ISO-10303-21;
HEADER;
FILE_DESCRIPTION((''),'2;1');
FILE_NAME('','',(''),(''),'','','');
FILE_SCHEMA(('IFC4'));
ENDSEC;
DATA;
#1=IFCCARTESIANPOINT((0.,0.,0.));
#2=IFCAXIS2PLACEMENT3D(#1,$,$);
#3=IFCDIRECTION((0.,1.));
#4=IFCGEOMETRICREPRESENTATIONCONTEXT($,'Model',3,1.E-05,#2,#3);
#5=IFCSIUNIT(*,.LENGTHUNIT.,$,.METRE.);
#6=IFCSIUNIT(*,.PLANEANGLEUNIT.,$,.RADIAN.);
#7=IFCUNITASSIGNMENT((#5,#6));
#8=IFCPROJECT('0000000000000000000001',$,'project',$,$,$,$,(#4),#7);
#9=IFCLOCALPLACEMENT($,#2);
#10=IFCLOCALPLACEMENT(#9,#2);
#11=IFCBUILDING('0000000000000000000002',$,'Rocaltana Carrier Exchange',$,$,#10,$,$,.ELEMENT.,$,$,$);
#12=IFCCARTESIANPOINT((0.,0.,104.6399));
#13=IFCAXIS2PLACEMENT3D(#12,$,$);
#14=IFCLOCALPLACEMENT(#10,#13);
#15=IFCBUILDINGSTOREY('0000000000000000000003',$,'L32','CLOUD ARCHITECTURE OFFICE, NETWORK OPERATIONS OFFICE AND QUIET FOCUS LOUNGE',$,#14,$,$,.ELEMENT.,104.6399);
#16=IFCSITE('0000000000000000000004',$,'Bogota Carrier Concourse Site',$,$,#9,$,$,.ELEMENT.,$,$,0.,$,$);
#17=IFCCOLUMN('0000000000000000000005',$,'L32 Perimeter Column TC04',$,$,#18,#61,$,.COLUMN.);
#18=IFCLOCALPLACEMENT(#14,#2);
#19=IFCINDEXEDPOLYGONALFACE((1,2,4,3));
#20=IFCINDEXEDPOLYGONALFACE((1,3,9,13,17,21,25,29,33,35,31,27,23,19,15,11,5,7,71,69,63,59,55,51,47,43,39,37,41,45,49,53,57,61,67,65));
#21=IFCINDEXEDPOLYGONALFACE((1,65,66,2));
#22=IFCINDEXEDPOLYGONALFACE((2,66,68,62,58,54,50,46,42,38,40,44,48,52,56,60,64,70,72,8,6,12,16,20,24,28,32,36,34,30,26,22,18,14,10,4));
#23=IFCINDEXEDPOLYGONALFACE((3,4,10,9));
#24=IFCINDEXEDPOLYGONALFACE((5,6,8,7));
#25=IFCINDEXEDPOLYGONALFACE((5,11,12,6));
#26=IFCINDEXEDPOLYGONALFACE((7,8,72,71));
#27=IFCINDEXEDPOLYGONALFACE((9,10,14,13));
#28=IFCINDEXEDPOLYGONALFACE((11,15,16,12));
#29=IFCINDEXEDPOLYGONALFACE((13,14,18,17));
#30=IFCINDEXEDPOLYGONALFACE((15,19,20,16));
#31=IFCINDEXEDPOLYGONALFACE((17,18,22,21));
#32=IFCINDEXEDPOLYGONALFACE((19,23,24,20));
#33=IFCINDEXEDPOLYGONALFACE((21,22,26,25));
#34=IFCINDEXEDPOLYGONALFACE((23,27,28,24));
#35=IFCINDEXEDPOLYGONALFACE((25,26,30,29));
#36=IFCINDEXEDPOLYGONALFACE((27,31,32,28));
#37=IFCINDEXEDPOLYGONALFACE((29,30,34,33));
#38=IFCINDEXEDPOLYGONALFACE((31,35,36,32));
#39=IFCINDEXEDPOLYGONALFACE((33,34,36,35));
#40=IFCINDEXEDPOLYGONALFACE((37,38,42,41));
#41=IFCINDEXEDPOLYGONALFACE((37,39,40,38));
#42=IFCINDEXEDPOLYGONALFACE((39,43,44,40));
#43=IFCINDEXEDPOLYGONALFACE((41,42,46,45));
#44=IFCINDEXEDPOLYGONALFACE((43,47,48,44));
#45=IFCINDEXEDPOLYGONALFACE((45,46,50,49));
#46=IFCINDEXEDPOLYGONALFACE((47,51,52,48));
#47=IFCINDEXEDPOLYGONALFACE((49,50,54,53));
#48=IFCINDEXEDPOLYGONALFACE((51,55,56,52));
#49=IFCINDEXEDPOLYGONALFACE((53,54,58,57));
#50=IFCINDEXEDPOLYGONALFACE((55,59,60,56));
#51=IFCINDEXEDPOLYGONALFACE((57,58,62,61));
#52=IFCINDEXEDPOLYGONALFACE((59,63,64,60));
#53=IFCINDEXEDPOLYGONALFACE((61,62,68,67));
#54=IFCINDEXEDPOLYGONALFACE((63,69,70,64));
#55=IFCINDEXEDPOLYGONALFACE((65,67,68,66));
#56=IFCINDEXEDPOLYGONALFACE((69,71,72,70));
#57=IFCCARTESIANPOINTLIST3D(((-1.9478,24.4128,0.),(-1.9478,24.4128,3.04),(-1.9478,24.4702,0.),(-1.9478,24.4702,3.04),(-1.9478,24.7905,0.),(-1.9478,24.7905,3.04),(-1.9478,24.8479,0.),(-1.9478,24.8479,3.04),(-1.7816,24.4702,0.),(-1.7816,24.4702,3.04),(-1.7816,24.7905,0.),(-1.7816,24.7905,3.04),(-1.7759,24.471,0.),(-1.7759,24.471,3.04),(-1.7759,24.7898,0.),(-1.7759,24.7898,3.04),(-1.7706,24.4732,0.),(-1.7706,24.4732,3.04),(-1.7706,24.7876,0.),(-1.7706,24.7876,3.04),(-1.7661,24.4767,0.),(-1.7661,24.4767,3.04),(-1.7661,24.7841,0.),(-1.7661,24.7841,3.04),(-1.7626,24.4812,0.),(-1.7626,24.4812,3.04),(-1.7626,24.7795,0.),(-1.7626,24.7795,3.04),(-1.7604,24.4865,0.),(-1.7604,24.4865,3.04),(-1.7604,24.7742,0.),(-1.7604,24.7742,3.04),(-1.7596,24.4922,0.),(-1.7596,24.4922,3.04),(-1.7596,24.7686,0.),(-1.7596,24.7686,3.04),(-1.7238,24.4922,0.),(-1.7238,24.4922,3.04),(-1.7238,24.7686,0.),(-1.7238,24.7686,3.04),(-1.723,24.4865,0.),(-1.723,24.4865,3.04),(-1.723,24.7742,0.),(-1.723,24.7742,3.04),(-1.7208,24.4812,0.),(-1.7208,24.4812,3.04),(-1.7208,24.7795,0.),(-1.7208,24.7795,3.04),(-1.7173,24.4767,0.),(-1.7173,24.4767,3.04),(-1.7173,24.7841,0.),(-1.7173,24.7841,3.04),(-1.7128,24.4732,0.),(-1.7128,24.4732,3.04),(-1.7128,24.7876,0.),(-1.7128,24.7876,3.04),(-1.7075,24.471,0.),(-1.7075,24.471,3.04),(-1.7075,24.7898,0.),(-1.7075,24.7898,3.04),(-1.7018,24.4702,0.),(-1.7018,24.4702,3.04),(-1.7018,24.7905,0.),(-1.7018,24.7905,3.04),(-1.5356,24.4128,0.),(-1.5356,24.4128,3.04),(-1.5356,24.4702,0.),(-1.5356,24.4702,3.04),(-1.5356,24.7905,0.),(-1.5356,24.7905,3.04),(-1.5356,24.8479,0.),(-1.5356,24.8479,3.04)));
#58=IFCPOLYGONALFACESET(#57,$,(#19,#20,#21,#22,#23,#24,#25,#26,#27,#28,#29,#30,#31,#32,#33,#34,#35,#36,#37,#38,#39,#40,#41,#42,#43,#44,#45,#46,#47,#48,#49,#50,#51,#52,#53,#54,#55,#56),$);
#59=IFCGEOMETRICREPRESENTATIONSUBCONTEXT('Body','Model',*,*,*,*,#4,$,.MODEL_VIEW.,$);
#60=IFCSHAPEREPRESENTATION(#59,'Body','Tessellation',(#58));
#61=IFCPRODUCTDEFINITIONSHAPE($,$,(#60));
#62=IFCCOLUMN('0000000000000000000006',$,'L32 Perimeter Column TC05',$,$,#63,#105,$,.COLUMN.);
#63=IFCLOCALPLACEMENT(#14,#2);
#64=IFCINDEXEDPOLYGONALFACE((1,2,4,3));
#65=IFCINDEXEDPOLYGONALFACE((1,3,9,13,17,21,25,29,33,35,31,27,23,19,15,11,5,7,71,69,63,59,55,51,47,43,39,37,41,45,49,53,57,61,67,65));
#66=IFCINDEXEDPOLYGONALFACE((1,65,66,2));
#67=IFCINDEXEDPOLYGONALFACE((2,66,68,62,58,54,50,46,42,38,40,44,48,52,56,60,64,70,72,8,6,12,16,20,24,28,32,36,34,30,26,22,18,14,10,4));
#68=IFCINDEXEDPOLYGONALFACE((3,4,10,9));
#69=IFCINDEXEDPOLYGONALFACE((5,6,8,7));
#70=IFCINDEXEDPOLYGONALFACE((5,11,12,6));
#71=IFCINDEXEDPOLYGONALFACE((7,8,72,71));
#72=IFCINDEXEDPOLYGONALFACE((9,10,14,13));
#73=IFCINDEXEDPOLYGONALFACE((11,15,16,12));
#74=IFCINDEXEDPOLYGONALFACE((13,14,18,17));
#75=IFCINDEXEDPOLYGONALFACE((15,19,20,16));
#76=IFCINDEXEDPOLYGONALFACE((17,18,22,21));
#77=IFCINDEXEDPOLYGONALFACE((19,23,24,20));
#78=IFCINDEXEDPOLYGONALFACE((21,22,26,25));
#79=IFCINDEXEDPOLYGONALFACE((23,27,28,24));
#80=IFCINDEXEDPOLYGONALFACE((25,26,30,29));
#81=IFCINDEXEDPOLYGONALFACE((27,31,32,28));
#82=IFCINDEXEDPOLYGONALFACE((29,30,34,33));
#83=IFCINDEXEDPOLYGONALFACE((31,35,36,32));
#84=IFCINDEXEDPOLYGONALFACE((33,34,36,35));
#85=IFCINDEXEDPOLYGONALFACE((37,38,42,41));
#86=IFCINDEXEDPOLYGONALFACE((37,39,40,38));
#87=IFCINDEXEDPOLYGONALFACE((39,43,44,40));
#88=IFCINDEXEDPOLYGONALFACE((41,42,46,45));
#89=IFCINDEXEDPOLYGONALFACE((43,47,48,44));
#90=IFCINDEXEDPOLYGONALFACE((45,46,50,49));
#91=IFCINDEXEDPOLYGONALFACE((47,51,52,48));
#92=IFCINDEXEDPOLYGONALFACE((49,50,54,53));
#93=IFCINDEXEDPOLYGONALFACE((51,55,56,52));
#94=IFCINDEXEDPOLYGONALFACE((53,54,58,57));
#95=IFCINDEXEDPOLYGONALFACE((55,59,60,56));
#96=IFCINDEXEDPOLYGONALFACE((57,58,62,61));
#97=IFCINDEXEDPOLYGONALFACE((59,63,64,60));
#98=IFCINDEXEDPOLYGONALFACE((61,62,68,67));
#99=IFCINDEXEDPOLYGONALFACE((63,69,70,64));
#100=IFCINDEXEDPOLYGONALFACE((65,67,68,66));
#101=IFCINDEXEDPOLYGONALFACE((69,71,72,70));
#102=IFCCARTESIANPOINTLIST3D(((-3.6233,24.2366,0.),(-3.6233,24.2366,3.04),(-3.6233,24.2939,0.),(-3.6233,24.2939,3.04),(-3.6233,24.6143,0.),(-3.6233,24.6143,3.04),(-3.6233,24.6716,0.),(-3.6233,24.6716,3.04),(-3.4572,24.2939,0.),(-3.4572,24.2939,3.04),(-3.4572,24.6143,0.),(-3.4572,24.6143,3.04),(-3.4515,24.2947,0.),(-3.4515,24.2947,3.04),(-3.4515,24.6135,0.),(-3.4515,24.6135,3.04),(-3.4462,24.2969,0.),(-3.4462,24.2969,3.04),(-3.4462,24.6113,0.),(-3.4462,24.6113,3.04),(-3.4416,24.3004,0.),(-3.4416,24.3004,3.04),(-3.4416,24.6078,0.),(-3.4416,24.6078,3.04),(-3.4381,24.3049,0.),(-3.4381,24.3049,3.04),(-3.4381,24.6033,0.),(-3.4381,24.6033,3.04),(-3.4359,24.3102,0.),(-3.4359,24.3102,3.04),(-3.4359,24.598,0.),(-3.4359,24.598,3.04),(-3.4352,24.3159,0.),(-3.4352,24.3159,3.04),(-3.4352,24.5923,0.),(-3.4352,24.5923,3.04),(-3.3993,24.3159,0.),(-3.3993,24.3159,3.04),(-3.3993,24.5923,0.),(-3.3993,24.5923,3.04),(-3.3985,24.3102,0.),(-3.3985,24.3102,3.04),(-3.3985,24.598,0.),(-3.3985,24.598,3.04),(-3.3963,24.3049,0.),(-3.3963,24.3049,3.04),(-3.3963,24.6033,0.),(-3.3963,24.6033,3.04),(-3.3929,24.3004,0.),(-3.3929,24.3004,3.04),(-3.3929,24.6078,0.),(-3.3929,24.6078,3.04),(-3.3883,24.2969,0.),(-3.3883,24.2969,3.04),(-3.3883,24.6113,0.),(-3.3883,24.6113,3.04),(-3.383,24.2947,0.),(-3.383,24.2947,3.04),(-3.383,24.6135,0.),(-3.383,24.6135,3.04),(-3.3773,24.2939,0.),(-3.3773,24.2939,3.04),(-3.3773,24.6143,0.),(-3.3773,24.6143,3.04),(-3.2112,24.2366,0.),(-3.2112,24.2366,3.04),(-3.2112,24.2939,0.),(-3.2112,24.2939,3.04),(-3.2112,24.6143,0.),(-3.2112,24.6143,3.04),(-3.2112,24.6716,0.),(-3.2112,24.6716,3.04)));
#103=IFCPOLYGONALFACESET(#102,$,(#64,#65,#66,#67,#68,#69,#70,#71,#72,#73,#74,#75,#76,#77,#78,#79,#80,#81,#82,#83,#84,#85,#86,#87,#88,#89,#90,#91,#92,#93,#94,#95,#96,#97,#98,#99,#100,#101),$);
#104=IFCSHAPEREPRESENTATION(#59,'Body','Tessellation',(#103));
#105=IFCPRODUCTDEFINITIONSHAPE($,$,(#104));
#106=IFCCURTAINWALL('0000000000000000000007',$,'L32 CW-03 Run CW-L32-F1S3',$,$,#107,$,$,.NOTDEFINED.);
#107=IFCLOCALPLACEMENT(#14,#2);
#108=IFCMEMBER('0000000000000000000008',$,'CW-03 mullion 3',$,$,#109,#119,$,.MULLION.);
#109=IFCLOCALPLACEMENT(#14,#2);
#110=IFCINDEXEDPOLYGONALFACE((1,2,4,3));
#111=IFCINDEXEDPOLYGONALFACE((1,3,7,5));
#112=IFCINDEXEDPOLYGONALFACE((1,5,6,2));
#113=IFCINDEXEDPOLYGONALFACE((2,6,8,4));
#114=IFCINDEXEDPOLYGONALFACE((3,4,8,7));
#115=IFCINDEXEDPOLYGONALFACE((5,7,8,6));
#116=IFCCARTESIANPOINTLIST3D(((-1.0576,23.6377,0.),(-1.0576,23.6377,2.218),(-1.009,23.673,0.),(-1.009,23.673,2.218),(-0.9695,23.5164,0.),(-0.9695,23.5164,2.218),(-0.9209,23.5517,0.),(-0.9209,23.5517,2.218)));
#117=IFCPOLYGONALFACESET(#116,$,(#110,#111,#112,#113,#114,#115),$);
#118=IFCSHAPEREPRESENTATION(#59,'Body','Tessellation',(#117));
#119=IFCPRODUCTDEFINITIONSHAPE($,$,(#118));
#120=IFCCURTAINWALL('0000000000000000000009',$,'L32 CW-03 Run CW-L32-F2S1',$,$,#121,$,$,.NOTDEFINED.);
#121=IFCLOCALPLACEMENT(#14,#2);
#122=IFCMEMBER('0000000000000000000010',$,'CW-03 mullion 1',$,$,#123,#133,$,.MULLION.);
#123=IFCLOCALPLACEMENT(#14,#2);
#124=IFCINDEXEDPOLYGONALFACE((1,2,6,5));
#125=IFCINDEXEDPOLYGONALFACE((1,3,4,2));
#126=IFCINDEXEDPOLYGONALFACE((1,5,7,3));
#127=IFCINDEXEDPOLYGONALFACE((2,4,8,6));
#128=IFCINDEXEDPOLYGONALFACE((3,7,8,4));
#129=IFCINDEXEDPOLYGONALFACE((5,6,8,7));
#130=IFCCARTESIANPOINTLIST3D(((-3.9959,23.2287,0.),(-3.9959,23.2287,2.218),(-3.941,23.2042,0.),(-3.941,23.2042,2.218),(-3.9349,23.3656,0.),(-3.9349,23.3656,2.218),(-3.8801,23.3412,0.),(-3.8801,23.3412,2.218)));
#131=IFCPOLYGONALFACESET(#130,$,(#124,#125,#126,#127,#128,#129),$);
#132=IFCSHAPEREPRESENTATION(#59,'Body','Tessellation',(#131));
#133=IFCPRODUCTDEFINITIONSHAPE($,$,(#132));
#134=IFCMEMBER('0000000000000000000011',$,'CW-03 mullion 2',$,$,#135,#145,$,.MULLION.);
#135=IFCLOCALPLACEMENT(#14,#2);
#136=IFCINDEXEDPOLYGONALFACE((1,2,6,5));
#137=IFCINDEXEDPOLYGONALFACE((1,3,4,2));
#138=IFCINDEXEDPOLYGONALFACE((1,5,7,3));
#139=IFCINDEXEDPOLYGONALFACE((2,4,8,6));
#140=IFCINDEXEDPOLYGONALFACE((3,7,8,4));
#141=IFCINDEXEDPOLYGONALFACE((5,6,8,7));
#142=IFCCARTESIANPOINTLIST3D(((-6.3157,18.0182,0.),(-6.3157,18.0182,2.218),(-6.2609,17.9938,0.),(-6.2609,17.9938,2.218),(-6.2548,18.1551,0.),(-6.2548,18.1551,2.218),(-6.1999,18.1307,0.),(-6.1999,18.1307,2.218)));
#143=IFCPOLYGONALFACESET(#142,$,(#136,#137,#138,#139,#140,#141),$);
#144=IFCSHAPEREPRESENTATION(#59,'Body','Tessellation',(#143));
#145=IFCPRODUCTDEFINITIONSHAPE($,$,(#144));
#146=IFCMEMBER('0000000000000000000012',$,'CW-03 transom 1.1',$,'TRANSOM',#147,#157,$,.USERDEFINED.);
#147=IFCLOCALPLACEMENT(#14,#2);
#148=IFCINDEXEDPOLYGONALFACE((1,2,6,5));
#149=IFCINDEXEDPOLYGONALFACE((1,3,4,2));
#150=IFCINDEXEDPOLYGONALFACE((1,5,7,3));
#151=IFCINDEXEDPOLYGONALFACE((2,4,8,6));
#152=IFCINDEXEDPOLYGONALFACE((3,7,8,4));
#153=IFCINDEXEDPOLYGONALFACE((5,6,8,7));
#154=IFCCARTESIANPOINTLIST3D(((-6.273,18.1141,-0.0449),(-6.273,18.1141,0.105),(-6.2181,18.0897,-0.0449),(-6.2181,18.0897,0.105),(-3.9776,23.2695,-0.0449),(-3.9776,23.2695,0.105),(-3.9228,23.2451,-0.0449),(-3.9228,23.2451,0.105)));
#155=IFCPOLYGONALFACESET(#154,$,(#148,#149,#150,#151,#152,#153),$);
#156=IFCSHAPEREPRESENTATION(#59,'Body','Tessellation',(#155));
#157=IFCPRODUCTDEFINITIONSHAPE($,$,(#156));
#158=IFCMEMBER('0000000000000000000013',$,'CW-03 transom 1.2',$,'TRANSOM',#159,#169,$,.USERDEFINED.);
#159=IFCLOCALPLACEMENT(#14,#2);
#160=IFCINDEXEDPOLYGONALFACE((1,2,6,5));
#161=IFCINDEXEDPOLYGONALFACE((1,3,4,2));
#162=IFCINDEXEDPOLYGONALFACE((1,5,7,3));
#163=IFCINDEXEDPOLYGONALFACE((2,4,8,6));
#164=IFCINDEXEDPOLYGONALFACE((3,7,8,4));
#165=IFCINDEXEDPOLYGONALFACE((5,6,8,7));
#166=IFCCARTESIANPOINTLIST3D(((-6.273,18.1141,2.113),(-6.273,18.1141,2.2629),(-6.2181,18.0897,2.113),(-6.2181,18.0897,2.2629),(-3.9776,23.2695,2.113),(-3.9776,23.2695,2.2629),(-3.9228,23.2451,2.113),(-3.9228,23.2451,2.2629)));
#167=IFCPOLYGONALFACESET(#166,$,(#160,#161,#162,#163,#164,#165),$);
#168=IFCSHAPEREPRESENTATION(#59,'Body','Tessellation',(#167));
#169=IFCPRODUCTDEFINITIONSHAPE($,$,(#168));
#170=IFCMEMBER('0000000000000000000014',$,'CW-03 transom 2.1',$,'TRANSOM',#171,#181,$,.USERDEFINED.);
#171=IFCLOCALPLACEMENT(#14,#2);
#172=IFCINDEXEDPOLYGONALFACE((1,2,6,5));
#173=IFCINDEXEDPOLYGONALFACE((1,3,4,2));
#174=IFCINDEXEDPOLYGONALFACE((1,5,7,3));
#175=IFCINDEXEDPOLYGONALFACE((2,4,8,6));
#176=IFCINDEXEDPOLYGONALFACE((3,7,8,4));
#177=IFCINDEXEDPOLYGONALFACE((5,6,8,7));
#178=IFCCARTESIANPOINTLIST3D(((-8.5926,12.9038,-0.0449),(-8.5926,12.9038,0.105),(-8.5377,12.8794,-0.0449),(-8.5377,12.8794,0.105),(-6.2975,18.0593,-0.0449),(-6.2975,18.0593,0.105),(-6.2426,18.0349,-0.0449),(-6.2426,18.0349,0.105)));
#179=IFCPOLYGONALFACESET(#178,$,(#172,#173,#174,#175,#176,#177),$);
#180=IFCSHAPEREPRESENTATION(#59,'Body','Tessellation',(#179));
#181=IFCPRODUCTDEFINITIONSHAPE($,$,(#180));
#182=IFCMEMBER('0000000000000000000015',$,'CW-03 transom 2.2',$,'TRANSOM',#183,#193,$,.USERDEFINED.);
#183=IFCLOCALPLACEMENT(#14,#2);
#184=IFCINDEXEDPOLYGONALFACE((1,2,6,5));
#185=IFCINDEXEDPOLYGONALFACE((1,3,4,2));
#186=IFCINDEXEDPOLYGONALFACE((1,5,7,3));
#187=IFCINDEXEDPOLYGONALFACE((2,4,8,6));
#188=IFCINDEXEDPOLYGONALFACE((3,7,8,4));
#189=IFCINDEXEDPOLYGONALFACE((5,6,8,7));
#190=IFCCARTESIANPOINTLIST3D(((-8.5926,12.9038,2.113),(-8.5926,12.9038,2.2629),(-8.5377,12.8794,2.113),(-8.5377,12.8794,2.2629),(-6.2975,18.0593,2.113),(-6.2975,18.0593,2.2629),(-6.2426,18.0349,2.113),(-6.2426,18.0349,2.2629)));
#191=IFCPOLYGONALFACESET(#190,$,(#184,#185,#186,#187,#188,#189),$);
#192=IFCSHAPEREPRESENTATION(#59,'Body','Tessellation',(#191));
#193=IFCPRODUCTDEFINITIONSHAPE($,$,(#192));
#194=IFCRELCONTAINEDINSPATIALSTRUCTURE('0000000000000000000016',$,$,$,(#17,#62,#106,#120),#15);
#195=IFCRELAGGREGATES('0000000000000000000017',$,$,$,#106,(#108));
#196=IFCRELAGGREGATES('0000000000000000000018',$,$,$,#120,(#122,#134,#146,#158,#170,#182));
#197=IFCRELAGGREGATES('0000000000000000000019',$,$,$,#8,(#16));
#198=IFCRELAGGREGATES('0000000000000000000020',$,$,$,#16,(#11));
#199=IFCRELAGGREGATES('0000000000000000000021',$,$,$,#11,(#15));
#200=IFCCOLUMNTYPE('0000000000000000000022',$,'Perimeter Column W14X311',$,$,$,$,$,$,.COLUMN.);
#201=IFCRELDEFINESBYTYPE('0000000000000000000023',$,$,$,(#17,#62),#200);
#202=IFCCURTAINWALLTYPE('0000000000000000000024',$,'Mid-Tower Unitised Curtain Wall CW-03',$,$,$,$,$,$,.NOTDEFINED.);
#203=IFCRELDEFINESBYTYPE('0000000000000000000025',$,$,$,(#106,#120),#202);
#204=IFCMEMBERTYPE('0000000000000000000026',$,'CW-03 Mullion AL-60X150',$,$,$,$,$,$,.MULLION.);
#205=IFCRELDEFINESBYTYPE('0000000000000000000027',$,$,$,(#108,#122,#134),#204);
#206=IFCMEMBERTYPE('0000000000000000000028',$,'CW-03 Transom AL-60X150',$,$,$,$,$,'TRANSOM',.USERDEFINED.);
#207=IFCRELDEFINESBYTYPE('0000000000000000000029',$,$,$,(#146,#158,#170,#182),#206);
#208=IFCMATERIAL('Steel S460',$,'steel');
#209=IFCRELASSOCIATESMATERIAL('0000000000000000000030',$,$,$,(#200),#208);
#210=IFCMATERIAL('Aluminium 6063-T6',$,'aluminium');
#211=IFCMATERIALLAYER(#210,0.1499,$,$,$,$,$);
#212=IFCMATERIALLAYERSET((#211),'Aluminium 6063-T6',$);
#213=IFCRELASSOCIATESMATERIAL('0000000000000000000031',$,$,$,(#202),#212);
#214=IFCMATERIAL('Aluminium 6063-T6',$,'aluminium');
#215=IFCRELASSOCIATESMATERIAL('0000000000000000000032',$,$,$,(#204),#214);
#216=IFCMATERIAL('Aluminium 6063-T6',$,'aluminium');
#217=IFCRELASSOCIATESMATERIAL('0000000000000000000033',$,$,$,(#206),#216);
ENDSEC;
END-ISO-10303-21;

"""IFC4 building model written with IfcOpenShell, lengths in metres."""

from ifc_helpers import new_model, si_unit, direction, frame, origin, origin_2d, place, context, subcontext, project, spatial, rectangle, i_section, extrude, material, layer, layer_set, material_profile, profile_set, type_object, element, aggregate, save


model = new_model("IFC4")

# Units and contexts
model_context = context("Model", 3, precision=1e-05, world=origin(), true_north=direction((0.0, 1.0)))
body_context = subcontext(model_context, "Body", "Model", "MODEL_VIEW")
ifc_project = project(units=[si_unit("LENGTHUNIT", "METRE"), si_unit("PLANEANGLEUNIT", "RADIAN")], contexts=[model_context])

# Site, building, storey
site_placement = place(None, origin())
site = spatial("IfcSite", under=ifc_project, at=site_placement, Name="Bogota Carrier Concourse Site", CompositionType="ELEMENT", RefElevation=0.0)
building_placement = place(site_placement, origin())
building = spatial("IfcBuilding", under=site, at=building_placement, Name="Rocaltana Carrier Exchange", CompositionType="ELEMENT")
storey_placement = place(building_placement, frame((0.0, 0.0, 104.6399)))
storey = spatial("IfcBuildingStorey", under=building, at=storey_placement, Name="L32", Description="CLOUD ARCHITECTURE OFFICE, NETWORK OPERATIONS OFFICE AND QUIET FOCUS LOUNGE", CompositionType="ELEMENT", Elevation=104.6399)

# Columns
ifc_material_1 = material(Name="Steel S460", Category="steel")
ifc_material_profile_1 = material_profile(ifc_material_1, i_section(OverallWidth=0.4121, OverallDepth=0.4351, WebThickness=0.0359, FlangeThickness=0.0574, FilletRadius=0.022, at=origin_2d()), Name="W14X311")
ifc_profile_set_1 = profile_set([ifc_material_profile_1], Name="Steel S460")
column_type = type_object("IfcColumnType", Name="Perimeter Column W14X311", PredefinedType="COLUMN", material=ifc_profile_set_1)
for number, where, z_axis, x_axis, name in (
    (1, (-1.7417, 24.6304, 0.0), (0.0, 0.0, 1.0), (1.0, 0.0, 0.0), "L32 Perimeter Column TC04"),
    (2, (-3.4172, 24.4541, 0.0), (0.0, 0.0, 1.0), (1.0, 0.0, 0.0), "L32 Perimeter Column TC05"),
):
    element("IfcColumn", number, at=place(storey_placement, frame(where, z_axis=z_axis, x_axis=x_axis)), inside=storey, type_object=column_type, Name=name, PredefinedType="COLUMN", context=body_context, shape_type="SweptSolid", body=[
        extrude(i_section(OverallWidth=0.4121, OverallDepth=0.4351, WebThickness=0.0359, FlangeThickness=0.0574, FilletRadius=0.022, at=origin_2d()), origin(), (0.0, 0.0, 1.0), 3.04),
    ])

# Curtain wall, member
ifc_material_2 = material(Name="Aluminium 6063-T6", Category="aluminium")
ifc_layer_1 = layer(ifc_material_2, 0.1499)
ifc_layer_set_1 = layer_set([ifc_layer_1], Name="Aluminium 6063-T6")
curtain_wall_type = type_object("IfcCurtainWallType", Name="Mid-Tower Unitised Curtain Wall CW-03", PredefinedType="NOTDEFINED", material=ifc_layer_set_1)
curtain_wall_1_placement = place(storey_placement, origin())
curtain_wall_1 = element("IfcCurtainWall", 3, at=curtain_wall_1_placement, inside=storey, type_object=curtain_wall_type, Name="L32 CW-03 Run CW-L32-F1S3", PredefinedType="NOTDEFINED")
ifc_material_3 = material(Name="Aluminium 6063-T6", Category="aluminium")
ifc_material_profile_2 = material_profile(ifc_material_3, rectangle(XDim=0.0601, YDim=0.1499, at=origin_2d()), Name="AL-60X150")
ifc_profile_set_2 = profile_set([ifc_material_profile_2], Name="Aluminium 6063-T6")
member_type_1 = type_object("IfcMemberType", Name="CW-03 Mullion AL-60X150", PredefinedType="MULLION", material=ifc_profile_set_2)
member_1_placement = place(storey_placement, frame((-0.9893, 23.5947, 0.0), z_axis=(0.0, 0.0, 1.0), x_axis=(-0.809014, -0.58779, 0.0)))
member_1 = element("IfcMember", 4, at=member_1_placement, type_object=member_type_1, Name="CW-03 mullion 3", PredefinedType="MULLION", context=body_context, shape_type="SweptSolid", body=[
    extrude(rectangle(XDim=0.0601, YDim=0.1499, at=origin_2d()), origin(), (0.0, 0.0, 1.0), 2.218),
])
aggregate(curtain_wall_1, [member_1])

# Curtain wall, members
curtain_wall_2_placement = place(storey_placement, origin())
curtain_wall_2 = element("IfcCurtainWall", 5, at=curtain_wall_2_placement, inside=storey, type_object=curtain_wall_type, Name="L32 CW-03 Run CW-L32-F2S1", PredefinedType="NOTDEFINED")
member_2_placement = place(storey_placement, frame((-3.938, 23.2849, 0.0), z_axis=(0.0, 0.0, 1.0), x_axis=(0.913544, -0.40674, 0.0)))
member_2 = element("IfcMember", 6, at=member_2_placement, type_object=member_type_1, Name="CW-03 mullion 1", PredefinedType="MULLION", context=body_context, shape_type="SweptSolid", body=[
    extrude(rectangle(XDim=0.0601, YDim=0.1499, at=origin_2d()), origin(), (0.0, 0.0, 1.0), 2.218),
])
member_3_placement = place(storey_placement, frame((-6.2578, 18.0745, 0.0), z_axis=(0.0, 0.0, 1.0), x_axis=(0.913544, -0.40674, 0.0)))
member_3 = element("IfcMember", 7, at=member_3_placement, type_object=member_type_1, Name="CW-03 mullion 2", PredefinedType="MULLION", context=body_context, shape_type="SweptSolid", body=[
    extrude(rectangle(XDim=0.0601, YDim=0.1499, at=origin_2d()), origin(), (0.0, 0.0, 1.0), 2.218),
])
ifc_material_4 = material(Name="Aluminium 6063-T6", Category="aluminium")
ifc_material_profile_3 = material_profile(ifc_material_4, rectangle(XDim=0.0601, YDim=0.1499, at=origin_2d()), Name="AL-60X150")
ifc_profile_set_3 = profile_set([ifc_material_profile_3], Name="Aluminium 6063-T6")
member_type_2 = type_object("IfcMemberType", Name="CW-03 Transom AL-60X150", ElementType="TRANSOM", PredefinedType="USERDEFINED", material=ifc_profile_set_3)
member_4_placement = place(storey_placement, frame((-3.9502, 23.2573, 0.03), z_axis=(-0.40674, -0.913544, 0.0), x_axis=(0.913544, -0.40674, 0.0)))
member_4 = element("IfcMember", 8, at=member_4_placement, type_object=member_type_2, Name="CW-03 transom 1.1", ObjectType="TRANSOM", PredefinedType="USERDEFINED", context=body_context, shape_type="SweptSolid", body=[
    extrude(rectangle(XDim=0.0601, YDim=0.1499, at=origin_2d()), origin(), (0.0, 0.0, 1.0), 5.6433),
])
member_5_placement = place(storey_placement, frame((-3.9502, 23.2573, 2.188), z_axis=(-0.40674, -0.913544, 0.0), x_axis=(0.913544, -0.40674, 0.0)))
member_5 = element("IfcMember", 9, at=member_5_placement, type_object=member_type_2, Name="CW-03 transom 1.2", ObjectType="TRANSOM", PredefinedType="USERDEFINED", context=body_context, shape_type="SweptSolid", body=[
    extrude(rectangle(XDim=0.0601, YDim=0.1499, at=origin_2d()), origin(), (0.0, 0.0, 1.0), 5.6433),
])
member_6_placement = place(storey_placement, frame((-6.27, 18.0471, 0.03), z_axis=(-0.406704, -0.91356, 0.0), x_axis=(0.91356, -0.406704, 0.0)))
member_6 = element("IfcMember", 10, at=member_6_placement, type_object=member_type_2, Name="CW-03 transom 2.1", ObjectType="TRANSOM", PredefinedType="USERDEFINED", context=body_context, shape_type="SweptSolid", body=[
    extrude(rectangle(XDim=0.0601, YDim=0.1499, at=origin_2d()), origin(), (0.0, 0.0, 1.0), 5.6433),
])
member_7_placement = place(storey_placement, frame((-6.27, 18.0471, 2.188), z_axis=(-0.406704, -0.91356, 0.0), x_axis=(0.91356, -0.406704, 0.0)))
member_7 = element("IfcMember", 11, at=member_7_placement, type_object=member_type_2, Name="CW-03 transom 2.2", ObjectType="TRANSOM", PredefinedType="USERDEFINED", context=body_context, shape_type="SweptSolid", body=[
    extrude(rectangle(XDim=0.0601, YDim=0.1499, at=origin_2d()), origin(), (0.0, 0.0, 1.0), 5.6433),
])

aggregate(curtain_wall_2, [member_2, member_3, member_4, member_5, member_6, member_7])

save(model, "model.ifc")
